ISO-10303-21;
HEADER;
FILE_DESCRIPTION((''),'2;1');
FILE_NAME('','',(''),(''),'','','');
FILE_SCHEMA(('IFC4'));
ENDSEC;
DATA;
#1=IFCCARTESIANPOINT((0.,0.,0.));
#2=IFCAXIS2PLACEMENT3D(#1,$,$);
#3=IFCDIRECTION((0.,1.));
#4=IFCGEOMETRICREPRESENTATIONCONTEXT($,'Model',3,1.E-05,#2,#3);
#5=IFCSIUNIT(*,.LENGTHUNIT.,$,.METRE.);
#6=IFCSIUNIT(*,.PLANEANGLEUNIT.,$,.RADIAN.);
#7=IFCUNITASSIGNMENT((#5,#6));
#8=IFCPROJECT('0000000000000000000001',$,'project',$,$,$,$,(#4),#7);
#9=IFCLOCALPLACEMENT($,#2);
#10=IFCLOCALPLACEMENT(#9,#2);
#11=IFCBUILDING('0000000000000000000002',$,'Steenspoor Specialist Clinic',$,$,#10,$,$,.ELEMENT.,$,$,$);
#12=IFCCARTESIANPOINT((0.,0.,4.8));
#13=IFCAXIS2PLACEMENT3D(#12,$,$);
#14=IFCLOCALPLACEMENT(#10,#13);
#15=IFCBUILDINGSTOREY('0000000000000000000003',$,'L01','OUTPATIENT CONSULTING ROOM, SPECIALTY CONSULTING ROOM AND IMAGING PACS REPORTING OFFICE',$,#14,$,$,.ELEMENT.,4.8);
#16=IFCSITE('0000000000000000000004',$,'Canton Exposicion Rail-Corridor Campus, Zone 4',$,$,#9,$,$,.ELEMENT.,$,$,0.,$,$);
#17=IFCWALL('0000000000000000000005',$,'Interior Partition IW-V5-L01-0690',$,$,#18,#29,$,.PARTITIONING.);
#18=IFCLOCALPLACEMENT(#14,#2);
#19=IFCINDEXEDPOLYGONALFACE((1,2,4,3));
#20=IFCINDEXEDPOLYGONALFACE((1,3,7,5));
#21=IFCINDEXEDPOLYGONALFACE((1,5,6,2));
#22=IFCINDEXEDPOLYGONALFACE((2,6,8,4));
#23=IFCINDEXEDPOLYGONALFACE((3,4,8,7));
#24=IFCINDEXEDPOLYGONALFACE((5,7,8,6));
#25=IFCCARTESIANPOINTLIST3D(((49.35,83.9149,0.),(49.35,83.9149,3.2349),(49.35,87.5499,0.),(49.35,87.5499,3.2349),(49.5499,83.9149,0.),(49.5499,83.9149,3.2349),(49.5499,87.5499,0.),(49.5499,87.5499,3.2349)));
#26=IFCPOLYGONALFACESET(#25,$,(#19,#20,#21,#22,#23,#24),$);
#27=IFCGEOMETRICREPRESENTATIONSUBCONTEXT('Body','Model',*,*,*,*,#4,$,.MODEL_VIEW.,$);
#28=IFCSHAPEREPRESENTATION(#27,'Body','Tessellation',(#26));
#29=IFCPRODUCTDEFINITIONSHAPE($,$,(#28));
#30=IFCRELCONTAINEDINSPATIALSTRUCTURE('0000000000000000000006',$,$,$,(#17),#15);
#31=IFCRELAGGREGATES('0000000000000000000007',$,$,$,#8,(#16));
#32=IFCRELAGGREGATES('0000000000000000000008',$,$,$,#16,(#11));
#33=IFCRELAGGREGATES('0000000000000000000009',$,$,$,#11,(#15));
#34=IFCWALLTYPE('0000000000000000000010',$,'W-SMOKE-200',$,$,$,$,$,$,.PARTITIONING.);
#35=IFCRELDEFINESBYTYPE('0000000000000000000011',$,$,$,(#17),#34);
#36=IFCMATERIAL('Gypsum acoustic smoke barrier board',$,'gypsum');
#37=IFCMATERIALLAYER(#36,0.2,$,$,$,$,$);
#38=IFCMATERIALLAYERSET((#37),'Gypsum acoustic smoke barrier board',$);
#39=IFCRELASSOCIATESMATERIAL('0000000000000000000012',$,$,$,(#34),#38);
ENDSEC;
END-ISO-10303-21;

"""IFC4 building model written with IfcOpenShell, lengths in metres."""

from ifc_helpers import new_model, si_unit, direction, frame, frame_2d, origin, place, context, subcontext, project, spatial, rectangle, extrude, material, layer, layer_set, type_object, element, save


model = new_model("IFC4")

# Units and contexts
model_context = context("Model", 3, precision=1e-05, world=origin(), true_north=direction((0.0, 1.0)))
body_context = subcontext(model_context, "Body", "Model", "MODEL_VIEW")
ifc_project = project(units=[si_unit("LENGTHUNIT", "METRE"), si_unit("PLANEANGLEUNIT", "RADIAN")], contexts=[model_context])

# Site, building, storey
site_placement = place(None, origin())
site = spatial("IfcSite", under=ifc_project, at=site_placement, Name="Canton Exposicion Rail-Corridor Campus, Zone 4", CompositionType="ELEMENT", RefElevation=0.0)
building_placement = place(site_placement, origin())
building = spatial("IfcBuilding", under=site, at=building_placement, Name="Steenspoor Specialist Clinic", CompositionType="ELEMENT")
storey_placement = place(building_placement, frame((0.0, 0.0, 4.8)))
storey = spatial("IfcBuildingStorey", under=building, at=storey_placement, Name="L01", Description="OUTPATIENT CONSULTING ROOM, SPECIALTY CONSULTING ROOM AND IMAGING PACS REPORTING OFFICE", CompositionType="ELEMENT", Elevation=4.8)

# Wall
ifc_material_1 = material(Name="Gypsum acoustic smoke barrier board", Category="gypsum")
ifc_layer_1 = layer(ifc_material_1, 0.2)
ifc_layer_set_1 = layer_set([ifc_layer_1], Name="Gypsum acoustic smoke barrier board")
wall_type_1 = type_object("IfcWallType", Name="W-SMOKE-200", PredefinedType="PARTITIONING", material=ifc_layer_set_1)
wall_1_placement = place(storey_placement, frame((49.45, 83.915, 0.0), z_axis=(0.0, 0.0, 1.0), x_axis=(0.0, 1.0, 0.0)))
element("IfcWall", 1, at=wall_1_placement, inside=storey, type_object=wall_type_1, Name="Interior Partition IW-V5-L01-0690", PredefinedType="PARTITIONING", context=body_context, shape_type="SweptSolid", body=[
    extrude(rectangle(XDim=3.635, YDim=0.2, at=frame_2d((1.8174, 0.0))), origin(), (0.0, 0.0, 1.0), 3.2349),
])

save(model, "model.ifc")
